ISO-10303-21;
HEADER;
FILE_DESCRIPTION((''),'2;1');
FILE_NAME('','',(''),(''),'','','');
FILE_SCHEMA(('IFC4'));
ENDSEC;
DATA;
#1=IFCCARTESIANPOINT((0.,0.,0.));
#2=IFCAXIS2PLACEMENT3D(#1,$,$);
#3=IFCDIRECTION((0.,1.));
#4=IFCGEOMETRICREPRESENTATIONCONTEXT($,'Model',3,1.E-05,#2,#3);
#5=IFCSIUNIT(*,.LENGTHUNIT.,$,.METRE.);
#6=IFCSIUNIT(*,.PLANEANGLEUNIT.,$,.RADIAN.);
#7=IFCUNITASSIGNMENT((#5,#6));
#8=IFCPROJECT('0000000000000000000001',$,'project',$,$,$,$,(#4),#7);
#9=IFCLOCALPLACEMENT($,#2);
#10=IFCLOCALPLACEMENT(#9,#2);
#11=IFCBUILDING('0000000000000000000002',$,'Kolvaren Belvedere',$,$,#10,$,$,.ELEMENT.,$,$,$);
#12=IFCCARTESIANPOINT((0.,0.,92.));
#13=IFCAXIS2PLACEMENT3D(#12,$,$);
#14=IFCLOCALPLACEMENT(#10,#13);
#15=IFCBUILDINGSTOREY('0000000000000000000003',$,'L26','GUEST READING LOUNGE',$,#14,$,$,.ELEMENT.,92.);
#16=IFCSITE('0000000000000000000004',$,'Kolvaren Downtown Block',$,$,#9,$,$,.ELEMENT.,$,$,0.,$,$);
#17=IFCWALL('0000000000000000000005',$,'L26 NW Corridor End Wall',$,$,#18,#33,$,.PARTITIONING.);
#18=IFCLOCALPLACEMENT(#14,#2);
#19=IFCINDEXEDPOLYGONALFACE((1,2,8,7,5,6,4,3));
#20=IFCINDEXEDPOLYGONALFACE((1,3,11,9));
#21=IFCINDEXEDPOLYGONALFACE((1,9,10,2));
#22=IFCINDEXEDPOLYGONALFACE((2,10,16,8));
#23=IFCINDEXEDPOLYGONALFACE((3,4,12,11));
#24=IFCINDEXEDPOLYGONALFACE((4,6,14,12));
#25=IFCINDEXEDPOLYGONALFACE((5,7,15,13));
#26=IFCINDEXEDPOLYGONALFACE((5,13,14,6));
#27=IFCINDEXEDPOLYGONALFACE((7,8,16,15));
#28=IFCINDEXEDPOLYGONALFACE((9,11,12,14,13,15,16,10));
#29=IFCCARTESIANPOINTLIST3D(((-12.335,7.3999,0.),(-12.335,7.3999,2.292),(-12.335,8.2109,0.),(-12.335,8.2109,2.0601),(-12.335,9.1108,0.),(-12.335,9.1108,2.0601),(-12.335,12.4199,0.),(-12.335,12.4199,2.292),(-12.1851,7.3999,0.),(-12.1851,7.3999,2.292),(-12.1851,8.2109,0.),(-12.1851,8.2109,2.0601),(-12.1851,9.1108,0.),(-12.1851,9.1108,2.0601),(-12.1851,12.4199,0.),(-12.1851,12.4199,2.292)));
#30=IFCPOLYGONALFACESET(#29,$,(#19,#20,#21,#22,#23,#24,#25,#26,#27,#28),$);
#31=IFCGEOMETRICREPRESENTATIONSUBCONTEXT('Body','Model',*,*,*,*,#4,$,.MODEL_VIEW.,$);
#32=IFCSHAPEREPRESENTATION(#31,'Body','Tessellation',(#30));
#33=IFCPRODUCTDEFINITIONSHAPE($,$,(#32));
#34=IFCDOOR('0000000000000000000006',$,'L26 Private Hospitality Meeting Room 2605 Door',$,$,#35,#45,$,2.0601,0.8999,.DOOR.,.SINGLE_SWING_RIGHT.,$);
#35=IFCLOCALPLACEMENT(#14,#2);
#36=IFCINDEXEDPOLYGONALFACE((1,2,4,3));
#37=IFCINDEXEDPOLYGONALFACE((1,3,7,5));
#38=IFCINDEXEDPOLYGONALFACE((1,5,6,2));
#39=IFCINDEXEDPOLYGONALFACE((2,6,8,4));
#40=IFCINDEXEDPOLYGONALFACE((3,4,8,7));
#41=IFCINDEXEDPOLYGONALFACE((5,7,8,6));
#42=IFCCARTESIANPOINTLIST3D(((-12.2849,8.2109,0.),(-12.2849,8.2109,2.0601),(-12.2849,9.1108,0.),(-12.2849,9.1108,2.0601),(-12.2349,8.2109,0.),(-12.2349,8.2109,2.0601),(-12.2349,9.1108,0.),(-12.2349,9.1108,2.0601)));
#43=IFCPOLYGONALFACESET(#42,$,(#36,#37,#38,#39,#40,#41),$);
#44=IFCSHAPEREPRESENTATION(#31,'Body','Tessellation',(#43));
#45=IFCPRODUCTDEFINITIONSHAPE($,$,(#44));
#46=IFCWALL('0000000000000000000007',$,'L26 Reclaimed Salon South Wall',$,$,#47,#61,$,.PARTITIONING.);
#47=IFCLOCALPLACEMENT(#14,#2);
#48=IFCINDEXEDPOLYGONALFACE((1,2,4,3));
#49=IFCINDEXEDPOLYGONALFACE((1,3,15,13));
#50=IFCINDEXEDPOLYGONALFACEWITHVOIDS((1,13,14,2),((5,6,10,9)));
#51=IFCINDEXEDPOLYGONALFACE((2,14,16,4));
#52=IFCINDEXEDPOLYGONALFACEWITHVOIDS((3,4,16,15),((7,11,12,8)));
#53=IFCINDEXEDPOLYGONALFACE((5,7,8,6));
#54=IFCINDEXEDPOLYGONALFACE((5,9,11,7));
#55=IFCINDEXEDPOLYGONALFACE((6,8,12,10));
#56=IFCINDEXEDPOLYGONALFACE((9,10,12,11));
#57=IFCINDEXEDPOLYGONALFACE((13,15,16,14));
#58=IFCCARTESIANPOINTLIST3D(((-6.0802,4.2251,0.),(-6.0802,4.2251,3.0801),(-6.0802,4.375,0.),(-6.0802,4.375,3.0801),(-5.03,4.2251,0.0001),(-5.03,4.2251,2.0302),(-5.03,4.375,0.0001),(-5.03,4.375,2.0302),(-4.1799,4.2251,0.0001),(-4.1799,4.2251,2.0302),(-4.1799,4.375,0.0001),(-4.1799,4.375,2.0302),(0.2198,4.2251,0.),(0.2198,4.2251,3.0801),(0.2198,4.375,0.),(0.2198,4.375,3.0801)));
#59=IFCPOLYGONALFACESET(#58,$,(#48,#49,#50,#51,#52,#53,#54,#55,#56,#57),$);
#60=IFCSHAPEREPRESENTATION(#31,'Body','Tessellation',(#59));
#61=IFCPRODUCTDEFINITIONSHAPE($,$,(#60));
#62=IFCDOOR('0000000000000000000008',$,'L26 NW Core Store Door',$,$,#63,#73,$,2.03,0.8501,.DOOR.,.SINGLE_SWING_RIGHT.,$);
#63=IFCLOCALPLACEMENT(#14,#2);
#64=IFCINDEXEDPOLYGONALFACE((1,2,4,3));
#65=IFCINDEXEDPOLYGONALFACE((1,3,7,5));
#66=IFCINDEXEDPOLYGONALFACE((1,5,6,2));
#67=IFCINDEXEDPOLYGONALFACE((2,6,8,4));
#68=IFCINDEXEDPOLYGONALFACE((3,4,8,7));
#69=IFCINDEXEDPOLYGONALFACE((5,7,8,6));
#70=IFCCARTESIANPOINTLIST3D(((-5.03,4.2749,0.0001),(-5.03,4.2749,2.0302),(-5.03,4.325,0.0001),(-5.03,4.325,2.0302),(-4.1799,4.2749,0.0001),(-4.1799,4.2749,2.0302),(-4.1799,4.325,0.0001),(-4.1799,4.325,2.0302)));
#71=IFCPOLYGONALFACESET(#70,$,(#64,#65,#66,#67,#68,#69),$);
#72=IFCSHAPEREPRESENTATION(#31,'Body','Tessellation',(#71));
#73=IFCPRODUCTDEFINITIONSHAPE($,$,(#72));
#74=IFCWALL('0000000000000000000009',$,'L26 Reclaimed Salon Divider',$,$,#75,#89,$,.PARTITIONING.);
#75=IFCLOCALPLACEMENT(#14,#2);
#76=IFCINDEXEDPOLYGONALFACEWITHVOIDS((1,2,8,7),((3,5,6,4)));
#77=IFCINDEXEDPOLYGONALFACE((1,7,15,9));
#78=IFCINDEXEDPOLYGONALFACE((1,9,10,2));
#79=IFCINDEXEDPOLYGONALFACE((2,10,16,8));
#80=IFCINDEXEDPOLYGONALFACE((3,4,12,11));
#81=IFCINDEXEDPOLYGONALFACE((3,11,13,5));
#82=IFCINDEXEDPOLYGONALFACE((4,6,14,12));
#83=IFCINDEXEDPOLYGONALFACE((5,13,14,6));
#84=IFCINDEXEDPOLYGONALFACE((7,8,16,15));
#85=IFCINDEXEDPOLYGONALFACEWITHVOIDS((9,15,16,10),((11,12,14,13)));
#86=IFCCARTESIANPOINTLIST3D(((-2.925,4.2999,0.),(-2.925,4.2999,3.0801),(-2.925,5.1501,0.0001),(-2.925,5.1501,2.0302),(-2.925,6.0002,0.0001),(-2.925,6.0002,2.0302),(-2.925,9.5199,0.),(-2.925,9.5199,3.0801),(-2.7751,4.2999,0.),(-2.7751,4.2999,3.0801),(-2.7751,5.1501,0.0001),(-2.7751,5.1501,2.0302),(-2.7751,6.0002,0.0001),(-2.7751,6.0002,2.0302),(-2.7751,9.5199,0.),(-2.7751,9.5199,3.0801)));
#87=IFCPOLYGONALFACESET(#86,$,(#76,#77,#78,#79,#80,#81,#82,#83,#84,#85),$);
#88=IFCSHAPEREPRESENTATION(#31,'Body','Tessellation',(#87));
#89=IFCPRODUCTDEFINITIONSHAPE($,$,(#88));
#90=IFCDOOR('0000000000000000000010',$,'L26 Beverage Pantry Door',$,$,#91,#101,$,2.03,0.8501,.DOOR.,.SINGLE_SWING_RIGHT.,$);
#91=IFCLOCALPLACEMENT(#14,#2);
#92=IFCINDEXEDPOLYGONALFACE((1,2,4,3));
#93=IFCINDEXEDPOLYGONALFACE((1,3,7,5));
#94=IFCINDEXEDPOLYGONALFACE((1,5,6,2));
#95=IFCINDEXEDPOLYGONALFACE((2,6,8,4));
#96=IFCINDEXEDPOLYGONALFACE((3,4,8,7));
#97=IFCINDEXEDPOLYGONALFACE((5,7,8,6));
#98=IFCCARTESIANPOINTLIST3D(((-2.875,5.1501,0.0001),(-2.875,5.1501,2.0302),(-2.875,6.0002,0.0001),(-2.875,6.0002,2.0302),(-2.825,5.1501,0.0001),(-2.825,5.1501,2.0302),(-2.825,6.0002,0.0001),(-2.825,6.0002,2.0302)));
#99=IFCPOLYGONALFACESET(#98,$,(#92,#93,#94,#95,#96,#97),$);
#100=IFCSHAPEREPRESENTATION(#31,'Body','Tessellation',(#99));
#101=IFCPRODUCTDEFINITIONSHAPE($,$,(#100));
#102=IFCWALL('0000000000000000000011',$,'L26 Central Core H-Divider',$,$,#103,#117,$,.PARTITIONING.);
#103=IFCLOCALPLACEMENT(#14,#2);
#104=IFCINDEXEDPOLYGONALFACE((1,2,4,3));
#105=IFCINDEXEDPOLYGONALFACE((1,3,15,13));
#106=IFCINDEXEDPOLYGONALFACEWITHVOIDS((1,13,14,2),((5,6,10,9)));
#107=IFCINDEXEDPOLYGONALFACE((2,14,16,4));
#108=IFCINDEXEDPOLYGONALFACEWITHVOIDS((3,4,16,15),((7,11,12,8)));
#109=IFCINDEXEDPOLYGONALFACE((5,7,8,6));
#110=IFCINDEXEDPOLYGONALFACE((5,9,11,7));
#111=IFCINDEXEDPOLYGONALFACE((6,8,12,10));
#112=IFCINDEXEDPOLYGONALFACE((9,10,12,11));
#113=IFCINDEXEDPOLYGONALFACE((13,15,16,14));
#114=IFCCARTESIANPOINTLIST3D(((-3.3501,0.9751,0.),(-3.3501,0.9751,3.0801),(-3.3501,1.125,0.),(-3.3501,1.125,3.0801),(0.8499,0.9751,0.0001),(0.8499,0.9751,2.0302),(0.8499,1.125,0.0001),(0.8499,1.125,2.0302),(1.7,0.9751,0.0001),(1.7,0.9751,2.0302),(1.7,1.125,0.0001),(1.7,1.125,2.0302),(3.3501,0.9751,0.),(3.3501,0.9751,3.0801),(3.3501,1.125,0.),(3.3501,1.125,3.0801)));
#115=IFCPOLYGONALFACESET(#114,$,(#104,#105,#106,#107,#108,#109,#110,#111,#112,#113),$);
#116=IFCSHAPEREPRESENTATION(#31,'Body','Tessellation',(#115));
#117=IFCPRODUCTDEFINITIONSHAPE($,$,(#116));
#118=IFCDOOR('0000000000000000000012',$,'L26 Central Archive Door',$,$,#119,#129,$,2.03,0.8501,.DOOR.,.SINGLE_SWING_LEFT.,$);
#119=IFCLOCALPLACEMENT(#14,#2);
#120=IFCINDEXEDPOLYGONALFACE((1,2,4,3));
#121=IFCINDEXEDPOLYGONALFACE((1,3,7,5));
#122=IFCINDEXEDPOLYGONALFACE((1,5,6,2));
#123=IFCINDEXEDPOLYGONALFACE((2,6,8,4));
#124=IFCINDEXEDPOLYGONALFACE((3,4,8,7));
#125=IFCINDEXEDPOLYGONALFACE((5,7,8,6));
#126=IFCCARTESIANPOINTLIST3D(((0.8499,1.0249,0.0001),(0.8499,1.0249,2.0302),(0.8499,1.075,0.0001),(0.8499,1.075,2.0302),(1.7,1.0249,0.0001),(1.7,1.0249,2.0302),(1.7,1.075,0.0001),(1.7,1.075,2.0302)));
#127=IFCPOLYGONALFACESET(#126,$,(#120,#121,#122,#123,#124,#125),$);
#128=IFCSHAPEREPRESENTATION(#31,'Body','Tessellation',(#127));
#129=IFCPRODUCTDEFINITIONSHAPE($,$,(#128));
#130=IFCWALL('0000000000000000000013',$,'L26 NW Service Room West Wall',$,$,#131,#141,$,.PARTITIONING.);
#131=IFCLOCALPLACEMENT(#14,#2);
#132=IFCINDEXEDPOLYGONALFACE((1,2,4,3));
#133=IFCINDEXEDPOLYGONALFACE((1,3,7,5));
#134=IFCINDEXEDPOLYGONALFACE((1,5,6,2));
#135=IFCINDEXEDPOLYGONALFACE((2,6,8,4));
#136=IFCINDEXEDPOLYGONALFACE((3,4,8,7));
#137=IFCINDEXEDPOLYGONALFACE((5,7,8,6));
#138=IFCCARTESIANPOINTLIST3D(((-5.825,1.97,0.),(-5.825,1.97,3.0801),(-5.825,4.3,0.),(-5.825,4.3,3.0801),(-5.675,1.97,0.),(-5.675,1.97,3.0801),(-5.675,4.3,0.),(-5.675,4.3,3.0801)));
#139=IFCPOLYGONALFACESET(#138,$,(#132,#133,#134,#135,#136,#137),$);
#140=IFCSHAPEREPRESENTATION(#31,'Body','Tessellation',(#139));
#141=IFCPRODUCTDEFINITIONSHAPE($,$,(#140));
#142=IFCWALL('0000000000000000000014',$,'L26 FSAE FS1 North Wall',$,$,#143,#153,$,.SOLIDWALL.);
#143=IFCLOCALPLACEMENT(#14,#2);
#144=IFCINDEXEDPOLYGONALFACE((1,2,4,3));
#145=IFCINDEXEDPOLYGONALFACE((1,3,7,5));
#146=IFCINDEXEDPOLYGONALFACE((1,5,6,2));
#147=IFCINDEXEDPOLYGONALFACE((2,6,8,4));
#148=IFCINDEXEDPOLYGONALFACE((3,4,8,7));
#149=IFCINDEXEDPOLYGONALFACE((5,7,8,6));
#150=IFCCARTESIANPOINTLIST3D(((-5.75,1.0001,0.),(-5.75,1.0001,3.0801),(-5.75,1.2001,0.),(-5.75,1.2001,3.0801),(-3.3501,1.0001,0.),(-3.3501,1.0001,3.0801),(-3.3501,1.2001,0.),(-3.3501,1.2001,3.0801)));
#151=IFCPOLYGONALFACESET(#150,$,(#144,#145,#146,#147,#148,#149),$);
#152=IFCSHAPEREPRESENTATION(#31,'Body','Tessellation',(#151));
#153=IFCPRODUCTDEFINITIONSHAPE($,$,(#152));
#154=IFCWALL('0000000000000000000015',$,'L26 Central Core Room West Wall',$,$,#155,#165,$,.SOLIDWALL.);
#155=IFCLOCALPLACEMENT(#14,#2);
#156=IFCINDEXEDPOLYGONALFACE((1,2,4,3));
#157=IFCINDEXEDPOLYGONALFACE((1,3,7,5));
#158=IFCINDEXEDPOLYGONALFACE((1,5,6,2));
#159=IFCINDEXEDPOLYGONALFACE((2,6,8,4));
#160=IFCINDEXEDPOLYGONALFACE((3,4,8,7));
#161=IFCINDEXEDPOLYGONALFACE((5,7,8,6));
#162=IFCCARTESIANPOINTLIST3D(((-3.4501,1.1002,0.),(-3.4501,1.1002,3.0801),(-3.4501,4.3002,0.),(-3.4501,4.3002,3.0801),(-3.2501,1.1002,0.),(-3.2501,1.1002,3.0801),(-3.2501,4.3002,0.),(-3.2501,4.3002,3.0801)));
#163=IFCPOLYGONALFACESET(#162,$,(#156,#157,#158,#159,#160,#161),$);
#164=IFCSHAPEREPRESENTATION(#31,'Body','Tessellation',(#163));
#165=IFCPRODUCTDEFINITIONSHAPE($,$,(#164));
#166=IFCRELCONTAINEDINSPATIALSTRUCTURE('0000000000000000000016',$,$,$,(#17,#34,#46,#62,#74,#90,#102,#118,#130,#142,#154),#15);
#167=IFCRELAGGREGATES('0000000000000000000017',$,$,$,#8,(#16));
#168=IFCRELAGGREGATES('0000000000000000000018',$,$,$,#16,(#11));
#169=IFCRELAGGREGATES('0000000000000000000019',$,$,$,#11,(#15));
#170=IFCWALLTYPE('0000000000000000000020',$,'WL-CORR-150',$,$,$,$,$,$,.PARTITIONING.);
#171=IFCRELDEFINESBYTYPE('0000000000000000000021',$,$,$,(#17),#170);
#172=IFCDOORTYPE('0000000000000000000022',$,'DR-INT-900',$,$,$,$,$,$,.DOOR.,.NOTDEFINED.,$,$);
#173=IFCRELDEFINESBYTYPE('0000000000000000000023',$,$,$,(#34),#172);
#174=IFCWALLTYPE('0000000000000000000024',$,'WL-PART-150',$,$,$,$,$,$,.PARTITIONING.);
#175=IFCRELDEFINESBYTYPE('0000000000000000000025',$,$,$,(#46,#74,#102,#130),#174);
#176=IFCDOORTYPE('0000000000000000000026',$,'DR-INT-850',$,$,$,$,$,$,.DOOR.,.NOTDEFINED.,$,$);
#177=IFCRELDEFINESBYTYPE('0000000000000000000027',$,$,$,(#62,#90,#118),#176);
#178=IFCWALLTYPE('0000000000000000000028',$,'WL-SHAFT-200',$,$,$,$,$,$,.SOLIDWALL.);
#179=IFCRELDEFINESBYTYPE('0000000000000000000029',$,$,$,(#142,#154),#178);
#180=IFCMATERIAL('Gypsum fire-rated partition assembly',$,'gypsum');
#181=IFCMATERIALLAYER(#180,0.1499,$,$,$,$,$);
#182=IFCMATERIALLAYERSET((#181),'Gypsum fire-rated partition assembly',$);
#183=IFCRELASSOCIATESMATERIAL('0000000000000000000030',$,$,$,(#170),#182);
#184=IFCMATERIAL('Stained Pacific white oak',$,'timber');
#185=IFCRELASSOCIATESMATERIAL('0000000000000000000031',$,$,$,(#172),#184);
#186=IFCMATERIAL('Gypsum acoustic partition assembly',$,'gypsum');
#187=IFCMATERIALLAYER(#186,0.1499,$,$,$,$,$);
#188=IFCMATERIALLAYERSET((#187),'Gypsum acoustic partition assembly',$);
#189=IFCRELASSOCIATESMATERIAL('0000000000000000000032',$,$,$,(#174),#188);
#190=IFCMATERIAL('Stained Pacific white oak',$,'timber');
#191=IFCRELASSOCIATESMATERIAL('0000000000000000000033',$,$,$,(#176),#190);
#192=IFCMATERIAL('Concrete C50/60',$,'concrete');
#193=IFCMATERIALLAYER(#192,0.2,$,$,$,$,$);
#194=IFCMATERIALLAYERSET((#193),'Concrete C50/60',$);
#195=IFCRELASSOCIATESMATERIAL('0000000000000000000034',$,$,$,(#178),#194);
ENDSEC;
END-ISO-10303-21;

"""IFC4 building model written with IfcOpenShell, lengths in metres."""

from ifc_helpers import new_model, si_unit, direction, frame, frame_2d, origin, place, context, subcontext, project, spatial, rectangle, extrude, material, layer, layer_set, type_object, element, fill, save


model = new_model("IFC4")

# Units and contexts
model_context = context("Model", 3, precision=1e-05, world=origin(), true_north=direction((0.0, 1.0)))
body_context = subcontext(model_context, "Body", "Model", "MODEL_VIEW")
ifc_project = project(units=[si_unit("LENGTHUNIT", "METRE"), si_unit("PLANEANGLEUNIT", "RADIAN")], contexts=[model_context])

# Site, building, storey
site_placement = place(None, origin())
site = spatial("IfcSite", under=ifc_project, at=site_placement, Name="Kolvaren Downtown Block", CompositionType="ELEMENT", RefElevation=0.0)
building_placement = place(site_placement, origin())
building = spatial("IfcBuilding", under=site, at=building_placement, Name="Kolvaren Belvedere", CompositionType="ELEMENT")
storey_placement = place(building_placement, frame((0.0, 0.0, 92.0)))
storey = spatial("IfcBuildingStorey", under=building, at=storey_placement, Name="L26", Description="GUEST READING LOUNGE", CompositionType="ELEMENT", Elevation=92.0)

# Walls, openings, doors
ifc_material_1 = material(Name="Gypsum fire-rated partition assembly", Category="gypsum")
ifc_layer_1 = layer(ifc_material_1, 0.1499)
ifc_layer_set_1 = layer_set([ifc_layer_1], Name="Gypsum fire-rated partition assembly")
wall_type_1 = type_object("IfcWallType", Name="WL-CORR-150", PredefinedType="PARTITIONING", material=ifc_layer_set_1)
wall_1_placement = place(storey_placement, frame((-12.26, 7.3999, 0.0), z_axis=(0.0, 0.0, 1.0), x_axis=(0.0, 1.0, 0.0)))
wall_1 = element("IfcWall", 1, at=wall_1_placement, inside=storey, type_object=wall_type_1, Name="L26 NW Corridor End Wall", PredefinedType="PARTITIONING", context=body_context, shape_type="SweptSolid", body=[
    extrude(rectangle(XDim=5.02, YDim=0.1499, at=frame_2d((2.51, 0.0))), origin(), (0.0, 0.0, 1.0), 2.292),
])
opening_1_placement = place(wall_1_placement, frame((0.811, 0.0, 0.0)))
opening_1 = element("IfcOpeningElement", 2, at=opening_1_placement, cuts=wall_1, PredefinedType="OPENING", context=body_context, shape_type="SweptSolid", body=[
    extrude(rectangle(XDim=0.8999, YDim=2.0601, at=frame_2d((0.45, 1.03))), frame((0.0, 0.085, 0.0), z_axis=(0.0, -1.0, 0.0), x_axis=(1.0, 0.0, 0.0)), (0.0, 0.0, 1.0), 0.1699),
])
ifc_material_2 = material(Name="Stained Pacific white oak", Category="timber")
door_type_1 = type_object("IfcDoorType", Name="DR-INT-900", OperationType="NOTDEFINED", PredefinedType="DOOR", material=ifc_material_2)
door_1_placement = place(opening_1_placement, origin())
door_1 = element("IfcDoor", 3, at=door_1_placement, inside=storey, type_object=door_type_1, Name="L26 Private Hospitality Meeting Room 2605 Door", OperationType="SINGLE_SWING_RIGHT", OverallHeight=2.0601, OverallWidth=0.8999, PredefinedType="DOOR", context=body_context, shape_type="SweptSolid", body=[
    extrude(rectangle(XDim=0.8999, YDim=2.0601, at=frame_2d((0.45, 1.03))), frame((0.0, 0.0249, 0.0), z_axis=(0.0, -1.0, 0.0), x_axis=(1.0, 0.0, 0.0)), (0.0, 0.0, 1.0), 0.05),
])
fill(opening_1, door_1)
ifc_material_3 = material(Name="Gypsum acoustic partition assembly", Category="gypsum")
ifc_layer_2 = layer(ifc_material_3, 0.1499)
ifc_layer_set_2 = layer_set([ifc_layer_2], Name="Gypsum acoustic partition assembly")
wall_type_2 = type_object("IfcWallType", Name="WL-PART-150", PredefinedType="PARTITIONING", material=ifc_layer_set_2)
wall_2_placement = place(storey_placement, frame((-6.0801, 4.3, 0.0), z_axis=(0.0, 0.0, 1.0), x_axis=(1.0, 0.0, 0.0)))
wall_2 = element("IfcWall", 4, at=wall_2_placement, inside=storey, type_object=wall_type_2, Name="L26 Reclaimed Salon South Wall", PredefinedType="PARTITIONING", context=body_context, shape_type="SweptSolid", body=[
    extrude(rectangle(XDim=6.3, YDim=0.1499, at=frame_2d((3.1499, 0.0))), origin(), (0.0, 0.0, 1.0), 3.0801),
])
opening_2_placement = place(wall_2_placement, frame((1.05, 0.0, 0.0)))
opening_2 = element("IfcOpeningElement", 5, at=opening_2_placement, cuts=wall_2, PredefinedType="OPENING", context=body_context, shape_type="SweptSolid", body=[
    extrude(rectangle(XDim=0.8501, YDim=2.03, at=frame_2d((0.425, 1.0151))), frame((0.0, 0.085, 0.0), z_axis=(0.0, -1.0, 0.0), x_axis=(1.0, 0.0, 0.0)), (0.0, 0.0, 1.0), 0.1699),
])
ifc_material_4 = material(Name="Stained Pacific white oak", Category="timber")
door_type_2 = type_object("IfcDoorType", Name="DR-INT-850", OperationType="NOTDEFINED", PredefinedType="DOOR", material=ifc_material_4)
door_2_placement = place(opening_2_placement, origin())
door_2 = element("IfcDoor", 6, at=door_2_placement, inside=storey, type_object=door_type_2, Name="L26 NW Core Store Door", OperationType="SINGLE_SWING_RIGHT", OverallHeight=2.03, OverallWidth=0.8501, PredefinedType="DOOR", context=body_context, shape_type="SweptSolid", body=[
    extrude(rectangle(XDim=0.8501, YDim=2.03, at=frame_2d((0.425, 1.0151))), frame((0.0, 0.0249, 0.0), z_axis=(0.0, -1.0, 0.0), x_axis=(1.0, 0.0, 0.0)), (0.0, 0.0, 1.0), 0.05),
])
fill(opening_2, door_2)
wall_3_placement = place(storey_placement, frame((-2.8501, 4.3, 0.0), z_axis=(0.0, 0.0, 1.0), x_axis=(0.0, 1.0, 0.0)))
wall_3 = element("IfcWall", 7, at=wall_3_placement, inside=storey, type_object=wall_type_2, Name="L26 Reclaimed Salon Divider", PredefinedType="PARTITIONING", context=body_context, shape_type="SweptSolid", body=[
    extrude(rectangle(XDim=5.22, YDim=0.1499, at=frame_2d((2.6099, 0.0))), origin(), (0.0, 0.0, 1.0), 3.0801),
])
opening_3_placement = place(wall_3_placement, frame((0.8501, 0.0, 0.0)))
opening_3 = element("IfcOpeningElement", 8, at=opening_3_placement, cuts=wall_3, PredefinedType="OPENING", context=body_context, shape_type="SweptSolid", body=[
    extrude(rectangle(XDim=0.8501, YDim=2.03, at=frame_2d((0.425, 1.0151))), frame((0.0, 0.085, 0.0), z_axis=(0.0, -1.0, 0.0), x_axis=(1.0, 0.0, 0.0)), (0.0, 0.0, 1.0), 0.1699),
])
door_3_placement = place(opening_3_placement, origin())
door_3 = element("IfcDoor", 9, at=door_3_placement, inside=storey, type_object=door_type_2, Name="L26 Beverage Pantry Door", OperationType="SINGLE_SWING_RIGHT", OverallHeight=2.03, OverallWidth=0.8501, PredefinedType="DOOR", context=body_context, shape_type="SweptSolid", body=[
    extrude(rectangle(XDim=0.8501, YDim=2.03, at=frame_2d((0.425, 1.0151))), frame((0.0, 0.0249, 0.0), z_axis=(0.0, -1.0, 0.0), x_axis=(1.0, 0.0, 0.0)), (0.0, 0.0, 1.0), 0.05),
])
fill(opening_3, door_3)
wall_4_placement = place(storey_placement, frame((-3.3501, 1.05, 0.0), z_axis=(0.0, 0.0, 1.0), x_axis=(1.0, 0.0, 0.0)))
wall_4 = element("IfcWall", 10, at=wall_4_placement, inside=storey, type_object=wall_type_2, Name="L26 Central Core H-Divider", PredefinedType="PARTITIONING", context=body_context, shape_type="SweptSolid", body=[
    extrude(rectangle(XDim=6.7002, YDim=0.1499, at=frame_2d((3.3501, 0.0))), origin(), (0.0, 0.0, 1.0), 3.0801),
])
opening_4_placement = place(wall_4_placement, frame((4.2, 0.0, 0.0)))
opening_4 = element("IfcOpeningElement", 11, at=opening_4_placement, cuts=wall_4, PredefinedType="OPENING", context=body_context, shape_type="SweptSolid", body=[
    extrude(rectangle(XDim=0.8501, YDim=2.03, at=frame_2d((0.425, 1.0151))), frame((0.0, 0.085, 0.0), z_axis=(0.0, -1.0, 0.0), x_axis=(1.0, 0.0, 0.0)), (0.0, 0.0, 1.0), 0.1699),
])
door_4_placement = place(opening_4_placement, origin())
door_4 = element("IfcDoor", 12, at=door_4_placement, inside=storey, type_object=door_type_2, Name="L26 Central Archive Door", OperationType="SINGLE_SWING_LEFT", OverallHeight=2.03, OverallWidth=0.8501, PredefinedType="DOOR", context=body_context, shape_type="SweptSolid", body=[
    extrude(rectangle(XDim=0.8501, YDim=2.03, at=frame_2d((0.425, 1.0151))), frame((0.0, 0.0249, 0.0), z_axis=(0.0, -1.0, 0.0), x_axis=(1.0, 0.0, 0.0)), (0.0, 0.0, 1.0), 0.05),
])
fill(opening_4, door_4)

# Walls
wall_5_placement = place(storey_placement, frame((-5.75, 1.97, 0.0), z_axis=(0.0, 0.0, 1.0), x_axis=(0.0, 1.0, 0.0)))
element("IfcWall", 13, at=wall_5_placement, inside=storey, type_object=wall_type_2, Name="L26 NW Service Room West Wall", PredefinedType="PARTITIONING", context=body_context, shape_type="SweptSolid", body=[
    extrude(rectangle(XDim=2.3301, YDim=0.1499, at=frame_2d((1.165, 0.0))), origin(), (0.0, 0.0, 1.0), 3.0801),
])
ifc_material_5 = material(Name="Concrete C50/60", Category="concrete")
ifc_layer_3 = layer(ifc_material_5, 0.2)
ifc_layer_set_3 = layer_set([ifc_layer_3], Name="Concrete C50/60")
wall_type_3 = type_object("IfcWallType", Name="WL-SHAFT-200", PredefinedType="SOLIDWALL", material=ifc_layer_set_3)
wall_6_placement = place(storey_placement, frame((-5.75, 1.1001, 0.0), z_axis=(0.0, 0.0, 1.0), x_axis=(1.0, 0.0, 0.0)))
element("IfcWall", 14, at=wall_6_placement, inside=storey, type_object=wall_type_3, Name="L26 FSAE FS1 North Wall", PredefinedType="SOLIDWALL", context=body_context, shape_type="SweptSolid", body=[
    extrude(rectangle(XDim=2.3999, YDim=0.2, at=frame_2d((1.2, 0.0))), origin(), (0.0, 0.0, 1.0), 3.0801),
])
wall_7_placement = place(storey_placement, frame((-3.3501, 1.1001, 0.0), z_axis=(0.0, 0.0, 1.0), x_axis=(0.0, 1.0, 0.0)))
element("IfcWall", 15, at=wall_7_placement, inside=storey, type_object=wall_type_3, Name="L26 Central Core Room West Wall", PredefinedType="SOLIDWALL", context=body_context, shape_type="SweptSolid", body=[
    extrude(rectangle(XDim=3.2, YDim=0.2, at=frame_2d((1.6001, 0.0))), origin(), (0.0, 0.0, 1.0), 3.0801),
])

save(model, "model.ifc")
